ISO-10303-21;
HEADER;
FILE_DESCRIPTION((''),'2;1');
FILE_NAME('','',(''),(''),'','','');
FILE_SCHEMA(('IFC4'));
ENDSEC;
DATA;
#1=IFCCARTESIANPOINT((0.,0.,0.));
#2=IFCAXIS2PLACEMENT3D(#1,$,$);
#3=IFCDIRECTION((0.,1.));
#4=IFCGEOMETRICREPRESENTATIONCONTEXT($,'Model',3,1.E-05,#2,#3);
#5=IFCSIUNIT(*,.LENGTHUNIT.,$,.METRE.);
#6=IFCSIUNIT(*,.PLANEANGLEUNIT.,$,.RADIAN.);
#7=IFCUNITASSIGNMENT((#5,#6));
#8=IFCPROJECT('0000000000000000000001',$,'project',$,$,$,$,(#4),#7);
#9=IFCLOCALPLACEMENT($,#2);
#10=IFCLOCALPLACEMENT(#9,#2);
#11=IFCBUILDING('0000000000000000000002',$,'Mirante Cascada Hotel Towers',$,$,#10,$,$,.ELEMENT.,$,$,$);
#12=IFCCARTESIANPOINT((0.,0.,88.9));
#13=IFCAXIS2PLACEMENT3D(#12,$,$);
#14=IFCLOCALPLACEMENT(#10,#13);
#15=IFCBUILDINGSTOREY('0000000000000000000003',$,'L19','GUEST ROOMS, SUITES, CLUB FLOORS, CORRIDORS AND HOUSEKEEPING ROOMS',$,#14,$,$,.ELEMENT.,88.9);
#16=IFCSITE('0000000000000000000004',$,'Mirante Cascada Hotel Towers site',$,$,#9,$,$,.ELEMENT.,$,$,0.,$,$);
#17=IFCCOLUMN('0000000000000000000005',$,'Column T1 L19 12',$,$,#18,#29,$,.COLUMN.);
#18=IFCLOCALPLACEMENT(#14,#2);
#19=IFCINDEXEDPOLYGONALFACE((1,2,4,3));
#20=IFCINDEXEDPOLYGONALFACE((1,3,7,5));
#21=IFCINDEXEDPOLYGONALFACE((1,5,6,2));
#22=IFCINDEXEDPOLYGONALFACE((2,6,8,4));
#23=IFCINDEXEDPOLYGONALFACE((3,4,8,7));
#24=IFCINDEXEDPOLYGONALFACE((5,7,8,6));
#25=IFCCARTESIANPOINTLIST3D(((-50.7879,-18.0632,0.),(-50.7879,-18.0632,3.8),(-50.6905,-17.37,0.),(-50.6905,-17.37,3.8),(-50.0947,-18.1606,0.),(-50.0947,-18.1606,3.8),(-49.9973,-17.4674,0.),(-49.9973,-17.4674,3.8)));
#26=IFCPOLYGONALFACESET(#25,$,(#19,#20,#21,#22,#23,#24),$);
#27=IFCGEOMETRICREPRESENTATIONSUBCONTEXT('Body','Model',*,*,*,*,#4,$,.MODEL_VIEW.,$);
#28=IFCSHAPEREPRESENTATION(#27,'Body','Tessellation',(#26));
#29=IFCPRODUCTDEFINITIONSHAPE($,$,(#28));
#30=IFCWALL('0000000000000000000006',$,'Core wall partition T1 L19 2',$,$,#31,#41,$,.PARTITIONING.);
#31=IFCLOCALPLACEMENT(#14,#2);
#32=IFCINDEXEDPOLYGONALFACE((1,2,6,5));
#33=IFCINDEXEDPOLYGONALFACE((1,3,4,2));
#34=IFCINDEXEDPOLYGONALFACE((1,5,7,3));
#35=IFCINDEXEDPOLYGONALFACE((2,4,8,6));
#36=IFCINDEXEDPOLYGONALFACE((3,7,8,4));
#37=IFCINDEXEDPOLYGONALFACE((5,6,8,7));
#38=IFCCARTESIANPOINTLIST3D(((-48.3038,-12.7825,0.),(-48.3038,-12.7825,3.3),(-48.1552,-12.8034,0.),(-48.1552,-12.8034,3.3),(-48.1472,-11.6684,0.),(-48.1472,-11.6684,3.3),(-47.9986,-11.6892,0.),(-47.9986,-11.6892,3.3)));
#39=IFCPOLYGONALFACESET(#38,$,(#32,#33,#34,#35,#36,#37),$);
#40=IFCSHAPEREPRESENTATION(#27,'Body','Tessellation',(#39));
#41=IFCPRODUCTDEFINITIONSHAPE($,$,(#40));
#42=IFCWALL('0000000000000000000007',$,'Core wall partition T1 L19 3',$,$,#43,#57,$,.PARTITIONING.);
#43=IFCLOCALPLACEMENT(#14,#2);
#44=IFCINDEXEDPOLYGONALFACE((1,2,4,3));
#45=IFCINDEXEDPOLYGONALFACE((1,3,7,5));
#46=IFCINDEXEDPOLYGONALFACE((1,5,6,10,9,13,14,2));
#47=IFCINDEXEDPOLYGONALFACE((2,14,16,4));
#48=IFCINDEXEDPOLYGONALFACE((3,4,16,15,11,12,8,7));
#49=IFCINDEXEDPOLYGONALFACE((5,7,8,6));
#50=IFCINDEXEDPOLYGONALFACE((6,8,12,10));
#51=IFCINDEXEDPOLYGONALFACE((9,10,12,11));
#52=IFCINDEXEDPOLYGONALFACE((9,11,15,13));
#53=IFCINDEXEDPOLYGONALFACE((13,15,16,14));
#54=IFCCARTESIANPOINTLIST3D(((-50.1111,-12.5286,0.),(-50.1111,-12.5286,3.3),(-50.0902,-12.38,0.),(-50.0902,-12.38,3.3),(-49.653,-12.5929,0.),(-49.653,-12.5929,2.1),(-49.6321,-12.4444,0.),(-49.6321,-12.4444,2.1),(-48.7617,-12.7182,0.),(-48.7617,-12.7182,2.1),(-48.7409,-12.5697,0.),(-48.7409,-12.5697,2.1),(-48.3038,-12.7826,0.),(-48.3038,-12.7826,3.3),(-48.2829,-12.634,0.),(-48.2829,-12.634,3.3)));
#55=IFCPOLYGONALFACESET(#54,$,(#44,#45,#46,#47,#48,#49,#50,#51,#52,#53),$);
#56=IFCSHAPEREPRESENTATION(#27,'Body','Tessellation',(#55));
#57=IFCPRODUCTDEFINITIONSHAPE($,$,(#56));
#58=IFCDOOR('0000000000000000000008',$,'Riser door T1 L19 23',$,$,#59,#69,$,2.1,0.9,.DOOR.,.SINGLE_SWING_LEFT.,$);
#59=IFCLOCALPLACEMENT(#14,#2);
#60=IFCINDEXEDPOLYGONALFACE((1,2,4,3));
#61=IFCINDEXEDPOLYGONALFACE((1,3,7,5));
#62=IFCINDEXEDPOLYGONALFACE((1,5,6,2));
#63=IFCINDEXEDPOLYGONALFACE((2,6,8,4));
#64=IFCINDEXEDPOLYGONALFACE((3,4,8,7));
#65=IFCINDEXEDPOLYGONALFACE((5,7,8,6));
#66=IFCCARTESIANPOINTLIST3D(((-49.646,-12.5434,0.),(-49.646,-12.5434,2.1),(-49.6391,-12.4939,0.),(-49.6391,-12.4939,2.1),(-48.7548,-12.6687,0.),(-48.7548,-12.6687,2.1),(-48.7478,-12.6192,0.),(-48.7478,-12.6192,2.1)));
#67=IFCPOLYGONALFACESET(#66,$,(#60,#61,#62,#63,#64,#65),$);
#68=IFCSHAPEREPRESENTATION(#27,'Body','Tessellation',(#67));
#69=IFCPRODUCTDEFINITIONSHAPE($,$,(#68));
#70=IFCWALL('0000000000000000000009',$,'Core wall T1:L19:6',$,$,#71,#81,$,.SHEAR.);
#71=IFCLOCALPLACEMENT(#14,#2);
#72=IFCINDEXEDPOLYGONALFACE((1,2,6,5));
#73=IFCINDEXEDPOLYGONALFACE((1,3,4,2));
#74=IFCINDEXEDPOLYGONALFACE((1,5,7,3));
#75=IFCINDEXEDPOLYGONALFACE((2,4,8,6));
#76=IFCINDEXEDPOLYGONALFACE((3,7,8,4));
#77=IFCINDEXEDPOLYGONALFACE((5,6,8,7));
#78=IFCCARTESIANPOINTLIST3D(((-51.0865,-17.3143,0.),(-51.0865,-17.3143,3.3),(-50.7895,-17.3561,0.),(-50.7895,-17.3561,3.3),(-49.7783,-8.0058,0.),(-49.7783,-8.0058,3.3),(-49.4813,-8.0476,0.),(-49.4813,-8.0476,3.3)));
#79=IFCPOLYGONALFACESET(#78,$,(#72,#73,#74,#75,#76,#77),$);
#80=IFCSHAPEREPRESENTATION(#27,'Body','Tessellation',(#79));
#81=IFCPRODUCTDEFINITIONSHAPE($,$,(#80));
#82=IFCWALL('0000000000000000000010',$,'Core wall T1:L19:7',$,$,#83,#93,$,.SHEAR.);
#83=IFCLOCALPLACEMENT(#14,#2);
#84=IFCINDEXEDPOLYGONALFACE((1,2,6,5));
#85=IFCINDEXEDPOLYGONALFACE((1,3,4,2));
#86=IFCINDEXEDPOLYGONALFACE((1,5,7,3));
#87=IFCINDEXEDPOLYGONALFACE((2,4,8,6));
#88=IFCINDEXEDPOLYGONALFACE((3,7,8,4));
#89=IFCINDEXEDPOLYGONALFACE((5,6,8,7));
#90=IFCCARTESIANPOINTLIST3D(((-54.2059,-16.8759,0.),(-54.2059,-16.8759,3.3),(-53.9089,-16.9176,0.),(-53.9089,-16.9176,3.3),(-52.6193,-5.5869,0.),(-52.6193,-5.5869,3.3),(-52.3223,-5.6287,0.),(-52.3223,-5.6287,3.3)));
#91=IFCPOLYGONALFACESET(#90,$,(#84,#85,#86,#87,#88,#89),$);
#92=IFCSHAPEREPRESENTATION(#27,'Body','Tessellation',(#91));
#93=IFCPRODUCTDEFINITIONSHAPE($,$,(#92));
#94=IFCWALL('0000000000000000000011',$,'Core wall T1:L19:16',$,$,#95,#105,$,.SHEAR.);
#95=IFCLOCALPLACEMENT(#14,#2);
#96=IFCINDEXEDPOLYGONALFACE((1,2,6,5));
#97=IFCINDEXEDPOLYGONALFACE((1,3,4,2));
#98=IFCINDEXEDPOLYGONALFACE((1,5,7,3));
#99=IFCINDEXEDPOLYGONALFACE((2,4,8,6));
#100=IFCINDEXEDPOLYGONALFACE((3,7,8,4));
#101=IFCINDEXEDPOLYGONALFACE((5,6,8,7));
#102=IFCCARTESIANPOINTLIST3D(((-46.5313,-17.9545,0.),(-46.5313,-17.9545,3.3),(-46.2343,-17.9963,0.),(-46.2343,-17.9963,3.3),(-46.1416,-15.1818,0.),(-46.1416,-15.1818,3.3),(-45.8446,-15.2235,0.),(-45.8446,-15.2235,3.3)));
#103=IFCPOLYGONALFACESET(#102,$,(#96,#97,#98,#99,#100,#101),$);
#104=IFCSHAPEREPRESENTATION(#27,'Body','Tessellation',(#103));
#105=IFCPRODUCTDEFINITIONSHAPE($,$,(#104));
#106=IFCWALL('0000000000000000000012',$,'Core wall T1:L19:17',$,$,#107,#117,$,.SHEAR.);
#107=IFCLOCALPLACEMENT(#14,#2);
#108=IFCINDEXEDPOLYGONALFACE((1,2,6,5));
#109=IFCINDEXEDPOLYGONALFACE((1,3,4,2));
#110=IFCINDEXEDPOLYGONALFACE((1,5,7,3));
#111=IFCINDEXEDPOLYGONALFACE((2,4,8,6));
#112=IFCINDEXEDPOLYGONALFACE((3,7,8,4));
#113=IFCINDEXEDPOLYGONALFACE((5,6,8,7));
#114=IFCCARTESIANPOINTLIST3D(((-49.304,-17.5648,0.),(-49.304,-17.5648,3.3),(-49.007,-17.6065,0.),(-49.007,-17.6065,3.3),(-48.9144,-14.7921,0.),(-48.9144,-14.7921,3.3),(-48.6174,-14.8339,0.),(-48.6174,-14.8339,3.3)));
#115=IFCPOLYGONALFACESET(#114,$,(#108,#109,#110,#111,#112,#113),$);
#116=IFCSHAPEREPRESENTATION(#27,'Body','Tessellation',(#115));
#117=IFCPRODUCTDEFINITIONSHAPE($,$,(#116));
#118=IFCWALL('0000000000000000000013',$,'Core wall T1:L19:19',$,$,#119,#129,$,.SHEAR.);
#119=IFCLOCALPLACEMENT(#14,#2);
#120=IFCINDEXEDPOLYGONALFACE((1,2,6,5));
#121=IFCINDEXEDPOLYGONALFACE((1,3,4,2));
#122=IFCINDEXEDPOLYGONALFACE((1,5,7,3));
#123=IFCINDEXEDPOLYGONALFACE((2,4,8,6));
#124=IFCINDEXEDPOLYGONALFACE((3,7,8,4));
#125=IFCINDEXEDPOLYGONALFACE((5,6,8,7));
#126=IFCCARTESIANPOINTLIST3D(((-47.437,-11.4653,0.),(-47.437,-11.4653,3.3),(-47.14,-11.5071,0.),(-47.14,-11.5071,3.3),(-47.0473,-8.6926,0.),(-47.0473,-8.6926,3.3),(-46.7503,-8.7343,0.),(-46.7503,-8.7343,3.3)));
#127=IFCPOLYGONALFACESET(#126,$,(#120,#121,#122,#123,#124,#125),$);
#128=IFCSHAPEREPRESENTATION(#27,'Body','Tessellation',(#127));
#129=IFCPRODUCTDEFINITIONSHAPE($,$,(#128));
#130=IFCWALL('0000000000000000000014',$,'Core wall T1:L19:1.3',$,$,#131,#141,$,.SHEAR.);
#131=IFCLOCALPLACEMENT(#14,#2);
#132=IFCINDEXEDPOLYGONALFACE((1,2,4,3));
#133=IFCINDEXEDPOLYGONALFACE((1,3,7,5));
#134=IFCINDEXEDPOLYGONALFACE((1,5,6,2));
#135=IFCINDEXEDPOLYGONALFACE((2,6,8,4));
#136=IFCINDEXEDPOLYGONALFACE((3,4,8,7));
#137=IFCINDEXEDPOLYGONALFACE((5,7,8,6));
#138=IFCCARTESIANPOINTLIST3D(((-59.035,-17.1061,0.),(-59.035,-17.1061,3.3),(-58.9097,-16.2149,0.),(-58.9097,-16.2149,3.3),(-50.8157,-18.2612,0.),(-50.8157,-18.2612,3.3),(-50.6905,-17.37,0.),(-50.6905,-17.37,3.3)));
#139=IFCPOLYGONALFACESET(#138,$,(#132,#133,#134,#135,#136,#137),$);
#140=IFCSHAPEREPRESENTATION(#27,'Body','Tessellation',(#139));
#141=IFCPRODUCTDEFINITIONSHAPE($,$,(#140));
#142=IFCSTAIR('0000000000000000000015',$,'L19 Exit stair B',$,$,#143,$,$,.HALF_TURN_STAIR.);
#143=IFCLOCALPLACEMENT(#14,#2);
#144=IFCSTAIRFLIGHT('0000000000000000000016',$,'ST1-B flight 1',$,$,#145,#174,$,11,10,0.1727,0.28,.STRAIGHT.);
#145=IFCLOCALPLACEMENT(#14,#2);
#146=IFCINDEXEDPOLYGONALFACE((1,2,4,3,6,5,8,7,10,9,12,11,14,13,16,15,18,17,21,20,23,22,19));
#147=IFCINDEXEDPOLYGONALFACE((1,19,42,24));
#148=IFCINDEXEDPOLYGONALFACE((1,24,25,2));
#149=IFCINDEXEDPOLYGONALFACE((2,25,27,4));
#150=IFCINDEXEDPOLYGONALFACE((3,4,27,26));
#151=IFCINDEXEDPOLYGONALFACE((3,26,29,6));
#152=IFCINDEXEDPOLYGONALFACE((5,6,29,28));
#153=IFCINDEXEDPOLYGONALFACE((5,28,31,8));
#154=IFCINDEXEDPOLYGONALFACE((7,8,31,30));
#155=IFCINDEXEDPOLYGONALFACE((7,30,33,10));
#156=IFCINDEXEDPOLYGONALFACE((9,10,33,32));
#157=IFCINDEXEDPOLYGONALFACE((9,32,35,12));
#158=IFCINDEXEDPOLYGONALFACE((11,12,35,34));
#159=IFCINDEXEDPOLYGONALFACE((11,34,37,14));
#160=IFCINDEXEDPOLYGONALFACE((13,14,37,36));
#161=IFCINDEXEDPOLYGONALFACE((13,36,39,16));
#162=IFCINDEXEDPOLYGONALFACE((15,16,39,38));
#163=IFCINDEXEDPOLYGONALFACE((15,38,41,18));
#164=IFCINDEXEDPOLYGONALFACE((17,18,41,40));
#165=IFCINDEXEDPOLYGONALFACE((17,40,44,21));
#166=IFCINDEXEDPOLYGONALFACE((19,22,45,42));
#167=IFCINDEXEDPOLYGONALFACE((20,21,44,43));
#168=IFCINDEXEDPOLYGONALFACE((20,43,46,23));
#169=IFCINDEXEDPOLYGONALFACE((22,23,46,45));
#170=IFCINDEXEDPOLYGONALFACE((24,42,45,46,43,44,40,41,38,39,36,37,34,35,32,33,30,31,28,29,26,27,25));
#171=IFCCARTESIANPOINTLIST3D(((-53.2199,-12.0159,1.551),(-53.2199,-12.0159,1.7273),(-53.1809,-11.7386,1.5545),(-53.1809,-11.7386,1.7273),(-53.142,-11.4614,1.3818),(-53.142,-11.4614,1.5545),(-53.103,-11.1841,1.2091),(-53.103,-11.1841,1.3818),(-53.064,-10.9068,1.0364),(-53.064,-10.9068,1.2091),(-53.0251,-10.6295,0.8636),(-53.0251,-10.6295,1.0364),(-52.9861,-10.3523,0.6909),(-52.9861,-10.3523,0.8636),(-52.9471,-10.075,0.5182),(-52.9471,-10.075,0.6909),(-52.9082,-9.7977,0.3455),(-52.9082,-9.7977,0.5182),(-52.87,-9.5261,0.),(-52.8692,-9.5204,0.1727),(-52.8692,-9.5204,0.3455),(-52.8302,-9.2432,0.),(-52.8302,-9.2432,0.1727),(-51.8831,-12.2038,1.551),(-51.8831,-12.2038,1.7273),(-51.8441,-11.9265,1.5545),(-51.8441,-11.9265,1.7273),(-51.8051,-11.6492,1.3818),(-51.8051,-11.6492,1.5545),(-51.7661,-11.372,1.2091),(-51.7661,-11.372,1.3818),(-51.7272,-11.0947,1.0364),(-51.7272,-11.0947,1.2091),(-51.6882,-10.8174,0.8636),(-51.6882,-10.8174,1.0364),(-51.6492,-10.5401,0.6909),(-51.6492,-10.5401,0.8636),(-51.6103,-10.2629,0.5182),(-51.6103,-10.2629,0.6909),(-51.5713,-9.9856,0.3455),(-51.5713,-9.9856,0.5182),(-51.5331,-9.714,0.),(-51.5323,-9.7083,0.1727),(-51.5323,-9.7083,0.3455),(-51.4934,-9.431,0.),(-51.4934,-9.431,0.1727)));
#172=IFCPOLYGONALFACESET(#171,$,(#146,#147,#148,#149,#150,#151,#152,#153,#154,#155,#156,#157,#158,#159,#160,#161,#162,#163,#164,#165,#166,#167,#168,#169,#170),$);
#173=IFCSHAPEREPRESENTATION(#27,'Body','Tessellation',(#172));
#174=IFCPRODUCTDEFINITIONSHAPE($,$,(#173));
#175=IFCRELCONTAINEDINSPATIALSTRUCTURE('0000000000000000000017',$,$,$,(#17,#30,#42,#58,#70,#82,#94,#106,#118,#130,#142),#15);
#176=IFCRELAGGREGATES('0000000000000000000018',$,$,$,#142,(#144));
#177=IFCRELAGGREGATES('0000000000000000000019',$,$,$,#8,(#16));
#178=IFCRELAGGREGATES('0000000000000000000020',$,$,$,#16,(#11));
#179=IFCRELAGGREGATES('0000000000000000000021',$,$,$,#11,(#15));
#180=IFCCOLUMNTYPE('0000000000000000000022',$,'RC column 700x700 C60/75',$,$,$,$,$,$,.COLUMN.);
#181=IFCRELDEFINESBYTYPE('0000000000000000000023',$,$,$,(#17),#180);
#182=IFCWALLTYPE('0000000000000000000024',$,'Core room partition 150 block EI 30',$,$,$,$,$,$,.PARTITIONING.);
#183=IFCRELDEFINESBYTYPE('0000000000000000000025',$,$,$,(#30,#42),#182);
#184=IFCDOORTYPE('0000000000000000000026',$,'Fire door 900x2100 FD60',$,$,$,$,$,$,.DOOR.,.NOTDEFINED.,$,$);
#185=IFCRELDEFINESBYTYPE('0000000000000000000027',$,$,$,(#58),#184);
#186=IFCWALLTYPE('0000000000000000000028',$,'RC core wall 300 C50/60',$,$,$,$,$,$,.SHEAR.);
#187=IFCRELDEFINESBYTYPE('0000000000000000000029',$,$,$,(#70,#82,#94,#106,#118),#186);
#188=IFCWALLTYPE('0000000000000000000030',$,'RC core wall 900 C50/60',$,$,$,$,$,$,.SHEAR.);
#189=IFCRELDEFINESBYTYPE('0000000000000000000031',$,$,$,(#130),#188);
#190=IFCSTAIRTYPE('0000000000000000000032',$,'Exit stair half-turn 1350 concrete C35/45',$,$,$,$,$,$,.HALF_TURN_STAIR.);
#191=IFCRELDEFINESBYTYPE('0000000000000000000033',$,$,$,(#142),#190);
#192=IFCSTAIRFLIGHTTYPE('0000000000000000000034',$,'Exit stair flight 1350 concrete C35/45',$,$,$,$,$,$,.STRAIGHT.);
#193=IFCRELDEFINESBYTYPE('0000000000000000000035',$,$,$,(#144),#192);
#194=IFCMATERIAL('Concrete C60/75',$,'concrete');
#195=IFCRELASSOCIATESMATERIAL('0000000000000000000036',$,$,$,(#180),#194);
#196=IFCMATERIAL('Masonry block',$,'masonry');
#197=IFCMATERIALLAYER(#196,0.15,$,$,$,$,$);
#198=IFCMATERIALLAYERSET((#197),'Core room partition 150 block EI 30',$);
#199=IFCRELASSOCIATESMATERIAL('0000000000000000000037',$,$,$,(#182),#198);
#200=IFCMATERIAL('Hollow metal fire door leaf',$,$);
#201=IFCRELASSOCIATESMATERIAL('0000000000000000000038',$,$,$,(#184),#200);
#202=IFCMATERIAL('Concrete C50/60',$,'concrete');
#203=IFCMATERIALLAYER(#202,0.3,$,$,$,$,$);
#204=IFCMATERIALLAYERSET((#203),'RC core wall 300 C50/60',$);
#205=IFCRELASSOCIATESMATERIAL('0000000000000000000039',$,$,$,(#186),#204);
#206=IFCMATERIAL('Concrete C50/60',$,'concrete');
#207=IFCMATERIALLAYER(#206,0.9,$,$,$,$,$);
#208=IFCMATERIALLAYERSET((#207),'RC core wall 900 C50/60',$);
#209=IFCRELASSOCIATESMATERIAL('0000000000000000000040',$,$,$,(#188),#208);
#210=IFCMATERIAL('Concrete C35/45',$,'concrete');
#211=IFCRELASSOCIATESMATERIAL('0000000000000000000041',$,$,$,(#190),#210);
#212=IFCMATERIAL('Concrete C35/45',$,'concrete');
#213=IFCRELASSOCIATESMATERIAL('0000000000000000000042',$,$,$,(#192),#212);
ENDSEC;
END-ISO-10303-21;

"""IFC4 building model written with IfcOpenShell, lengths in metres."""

from ifc_helpers import new_model, si_unit, direction, frame, frame_2d, origin, origin_2d, place, context, subcontext, project, spatial, polyline, rectangle, outline, extrude, material, layer, layer_set, material_profile, profile_set, type_object, element, fill, aggregate, save


model = new_model("IFC4")

# Units and contexts
model_context = context("Model", 3, precision=1e-05, world=origin(), true_north=direction((0.0, 1.0)))
body_context = subcontext(model_context, "Body", "Model", "MODEL_VIEW")
ifc_project = project(units=[si_unit("LENGTHUNIT", "METRE"), si_unit("PLANEANGLEUNIT", "RADIAN")], contexts=[model_context])

# Site, building, storey
site_placement = place(None, origin())
site = spatial("IfcSite", under=ifc_project, at=site_placement, Name="Mirante Cascada Hotel Towers site", CompositionType="ELEMENT", RefElevation=0.0)
building_placement = place(site_placement, origin())
building = spatial("IfcBuilding", under=site, at=building_placement, Name="Mirante Cascada Hotel Towers", CompositionType="ELEMENT")
storey_placement = place(building_placement, frame((0.0, 0.0, 88.9)))
storey = spatial("IfcBuildingStorey", under=building, at=storey_placement, Name="L19", Description="GUEST ROOMS, SUITES, CLUB FLOORS, CORRIDORS AND HOUSEKEEPING ROOMS", CompositionType="ELEMENT", Elevation=88.9)

# Column
ifc_material_1 = material(Name="Concrete C60/75", Category="concrete")
ifc_material_profile = material_profile(ifc_material_1, rectangle(XDim=0.7, YDim=0.7, at=origin_2d()), Name="RC column 700x700 C60/75")
ifc_profile_set = profile_set([ifc_material_profile], Name="Concrete C60/75")
column_type = type_object("IfcColumnType", Name="RC column 700x700 C60/75", PredefinedType="COLUMN", material=ifc_profile_set)
column_placement = place(storey_placement, frame((-50.3926, -17.7653, 0.0), z_axis=(0.0, 0.0, 1.0), x_axis=(-0.990268, 0.139173, 0.0)))
element("IfcColumn", 1, at=column_placement, inside=storey, type_object=column_type, Name="Column T1 L19 12", PredefinedType="COLUMN", context=body_context, shape_type="SweptSolid", body=[
    extrude(rectangle(XDim=0.7, YDim=0.7, at=origin_2d()), origin(), (0.0, 0.0, 1.0), 3.8),
])

# Wall
ifc_material_2 = material(Name="Masonry block", Category="masonry")
ifc_layer_1 = layer(ifc_material_2, 0.15)
ifc_layer_set_1 = layer_set([ifc_layer_1], Name="Core room partition 150 block EI 30")
wall_type_1 = type_object("IfcWallType", Name="Core room partition 150 block EI 30", PredefinedType="PARTITIONING", material=ifc_layer_set_1)
wall_1_placement = place(storey_placement, frame((-48.2295, -12.793, 0.0), z_axis=(0.0, 0.0, 1.0), x_axis=(0.139193, 0.990265, 0.0)))
element("IfcWall", 2, at=wall_1_placement, inside=storey, type_object=wall_type_1, Name="Core wall partition T1 L19 2", PredefinedType="PARTITIONING", context=body_context, shape_type="SweptSolid", body=[
    extrude(rectangle(XDim=1.1251, YDim=0.15, at=frame_2d((0.5626, 0.0))), origin(), (0.0, 0.0, 1.0), 3.3),
])

# Wall, opening, door
wall_2_placement = place(storey_placement, frame((-48.2933, -12.7083, 0.0), z_axis=(0.0, 0.0, 1.0), x_axis=(-0.990268, 0.139173, 0.0)))
wall_2 = element("IfcWall", 3, at=wall_2_placement, inside=storey, type_object=wall_type_1, Name="Core wall partition T1 L19 3", PredefinedType="PARTITIONING", context=body_context, shape_type="SweptSolid", body=[
    extrude(rectangle(XDim=1.8251, YDim=0.15, at=frame_2d((0.9126, 0.0))), origin(), (0.0, 0.0, 1.0), 3.3),
])
opening_1_placement = place(wall_2_placement, frame((0.4625, 0.0, 0.0)))
opening_1 = element("IfcOpeningElement", 4, at=opening_1_placement, cuts=wall_2, PredefinedType="OPENING", context=body_context, shape_type="SweptSolid", body=[
    extrude(rectangle(XDim=0.9, YDim=2.1, at=frame_2d((0.45, 1.05))), frame((0.0, 0.075, 0.0), z_axis=(0.0, -1.0, 0.0), x_axis=(1.0, 0.0, 0.0)), (0.0, 0.0, 1.0), 0.15),
])
ifc_material_3 = material(Name="Hollow metal fire door leaf")
door_type_1 = type_object("IfcDoorType", Name="Fire door 900x2100 FD60", OperationType="NOTDEFINED", PredefinedType="DOOR", material=ifc_material_3)
door_1_placement = place(opening_1_placement, origin())
door_1 = element("IfcDoor", 5, at=door_1_placement, inside=storey, type_object=door_type_1, Name="Riser door T1 L19 23", OperationType="SINGLE_SWING_LEFT", OverallHeight=2.1, OverallWidth=0.9, PredefinedType="DOOR", context=body_context, shape_type="SweptSolid", body=[
    extrude(rectangle(XDim=0.9, YDim=2.1, at=frame_2d((0.45, 1.05))), frame((0.0, 0.025, 0.0), z_axis=(0.0, -1.0, 0.0), x_axis=(1.0, 0.0, 0.0)), (0.0, 0.0, 1.0), 0.05),
])
fill(opening_1, door_1)

# Walls
ifc_material_4 = material(Name="Concrete C50/60", Category="concrete")
ifc_layer_2 = layer(ifc_material_4, 0.3)
ifc_layer_set_2 = layer_set([ifc_layer_2], Name="RC core wall 300 C50/60")
wall_type_2 = type_object("IfcWallType", Name="RC core wall 300 C50/60", PredefinedType="SHEAR", material=ifc_layer_set_2)
wall_3_placement = place(storey_placement, frame((-50.938, -17.3352, 0.0), z_axis=(0.0, 0.0, 1.0), x_axis=(0.139171, 0.990268, 0.0)))
element("IfcWall", 6, at=wall_3_placement, inside=storey, type_object=wall_type_2, Name="Core wall T1:L19:6", PredefinedType="SHEAR", context=body_context, shape_type="SweptSolid", body=[
    extrude(rectangle(XDim=9.4, YDim=0.3, at=frame_2d((4.7, 0.0))), origin(), (0.0, 0.0, 1.0), 3.3),
])
wall_4_placement = place(storey_placement, frame((-54.0574, -16.8968, 0.0), z_axis=(0.0, 0.0, 1.0), x_axis=(0.139176, 0.990268, 0.0)))
element("IfcWall", 7, at=wall_4_placement, inside=storey, type_object=wall_type_2, Name="Core wall T1:L19:7", PredefinedType="SHEAR", context=body_context, shape_type="SweptSolid", body=[
    extrude(rectangle(XDim=11.3999, YDim=0.3, at=frame_2d((5.7, 0.0))), origin(), (0.0, 0.0, 1.0), 3.3),
])
wall_5_placement = place(storey_placement, frame((-46.3828, -17.9754, 0.0), z_axis=(0.0, 0.0, 1.0), x_axis=(0.139181, 0.990267, 0.0)))
element("IfcWall", 8, at=wall_5_placement, inside=storey, type_object=wall_type_2, Name="Core wall T1:L19:16", PredefinedType="SHEAR", context=body_context, shape_type="SweptSolid", body=[
    extrude(rectangle(XDim=2.8, YDim=0.3, at=frame_2d((1.4, 0.0))), origin(), (0.0, 0.0, 1.0), 3.3),
])
wall_6_placement = place(storey_placement, frame((-49.1555, -17.5857, 0.0), z_axis=(0.0, 0.0, 1.0), x_axis=(0.139146, 0.990272, 0.0)))
element("IfcWall", 9, at=wall_6_placement, inside=storey, type_object=wall_type_2, Name="Core wall T1:L19:17", PredefinedType="SHEAR", context=body_context, shape_type="SweptSolid", body=[
    extrude(rectangle(XDim=2.7999, YDim=0.3, at=frame_2d((1.4, 0.0))), origin(), (0.0, 0.0, 1.0), 3.3),
])
wall_7_placement = place(storey_placement, frame((-47.2885, -11.4862, 0.0), z_axis=(0.0, 0.0, 1.0), x_axis=(0.139181, 0.990267, 0.0)))
element("IfcWall", 10, at=wall_7_placement, inside=storey, type_object=wall_type_2, Name="Core wall T1:L19:19", PredefinedType="SHEAR", context=body_context, shape_type="SweptSolid", body=[
    extrude(rectangle(XDim=2.8, YDim=0.3, at=frame_2d((1.4, 0.0))), origin(), (0.0, 0.0, 1.0), 3.3),
])

# Wall
ifc_material_5 = material(Name="Concrete C50/60", Category="concrete")
ifc_layer_3 = layer(ifc_material_5, 0.9)
ifc_layer_set_3 = layer_set([ifc_layer_3], Name="RC core wall 900 C50/60")
wall_type_3 = type_object("IfcWallType", Name="RC core wall 900 C50/60", PredefinedType="SHEAR", material=ifc_layer_set_3)
wall_8_placement = place(storey_placement, frame((-50.7531, -17.8156, 0.0), z_axis=(0.0, 0.0, 1.0), x_axis=(-0.990269, 0.139169, 0.0)))
element("IfcWall", 11, at=wall_8_placement, inside=storey, type_object=wall_type_3, Name="Core wall T1:L19:1.3", PredefinedType="SHEAR", context=body_context, shape_type="SweptSolid", body=[
    extrude(rectangle(XDim=8.3, YDim=0.9, at=frame_2d((4.15, 0.0))), origin(), (0.0, 0.0, 1.0), 3.3),
])

# Stair, stair flight
ifc_material_6 = material(Name="Concrete C35/45", Category="concrete")
stair_type = type_object("IfcStairType", Name="Exit stair half-turn 1350 concrete C35/45", PredefinedType="HALF_TURN_STAIR", material=ifc_material_6)
stair_placement = place(storey_placement, origin())
stair = element("IfcStair", 12, at=stair_placement, inside=storey, type_object=stair_type, Name="L19 Exit stair B", PredefinedType="HALF_TURN_STAIR")
ifc_material_7 = material(Name="Concrete C35/45", Category="concrete")
stair_flight_type = type_object("IfcStairFlightType", Name="Exit stair flight 1350 concrete C35/45", PredefinedType="STRAIGHT", material=ifc_material_7)
stair_flight_1_placement = place(storey_placement, frame((-52.1618, -9.3371, 0.0), z_axis=(0.0, 0.0, 1.0), x_axis=(-0.139173, -0.990268, 0.0)))
stair_flight_1 = element("IfcStairFlight", 13, at=stair_flight_1_placement, type_object=stair_flight_type, Name="ST1-B flight 1", NumberOfRisers=11, NumberOfTreads=10, PredefinedType="STRAIGHT", RiserHeight=0.1727, TreadLength=0.28, context=body_context, shape_type="SweptSolid", body=[
    extrude(outline(polyline([(0.0, 0.0), (0.0, 0.1727), (0.28, 0.1727), (0.28, 0.3455), (0.56, 0.3455), (0.56, 0.5182), (0.84, 0.5182), (0.84, 0.6909), (1.12, 0.6909), (1.12, 0.8636), (1.4, 0.8636), (1.4, 1.0364), (1.68, 1.0364), (1.68, 1.2091), (1.96, 1.2091), (1.96, 1.3818), (2.24, 1.3818), (2.24, 1.5545), (2.52, 1.5545), (2.52, 1.7273), (2.8, 1.7273), (2.8, 1.9), (2.8, 1.551), (0.2857, 0.0), (0.0, 0.0)])), frame((0.0, 0.675, 0.0), z_axis=(0.0, -1.0, 0.0), x_axis=(1.0, 0.0, 0.0)), (0.0, 0.0, 1.0), 1.35),
])
aggregate(stair, [stair_flight_1])

save(model, "model.ifc")
